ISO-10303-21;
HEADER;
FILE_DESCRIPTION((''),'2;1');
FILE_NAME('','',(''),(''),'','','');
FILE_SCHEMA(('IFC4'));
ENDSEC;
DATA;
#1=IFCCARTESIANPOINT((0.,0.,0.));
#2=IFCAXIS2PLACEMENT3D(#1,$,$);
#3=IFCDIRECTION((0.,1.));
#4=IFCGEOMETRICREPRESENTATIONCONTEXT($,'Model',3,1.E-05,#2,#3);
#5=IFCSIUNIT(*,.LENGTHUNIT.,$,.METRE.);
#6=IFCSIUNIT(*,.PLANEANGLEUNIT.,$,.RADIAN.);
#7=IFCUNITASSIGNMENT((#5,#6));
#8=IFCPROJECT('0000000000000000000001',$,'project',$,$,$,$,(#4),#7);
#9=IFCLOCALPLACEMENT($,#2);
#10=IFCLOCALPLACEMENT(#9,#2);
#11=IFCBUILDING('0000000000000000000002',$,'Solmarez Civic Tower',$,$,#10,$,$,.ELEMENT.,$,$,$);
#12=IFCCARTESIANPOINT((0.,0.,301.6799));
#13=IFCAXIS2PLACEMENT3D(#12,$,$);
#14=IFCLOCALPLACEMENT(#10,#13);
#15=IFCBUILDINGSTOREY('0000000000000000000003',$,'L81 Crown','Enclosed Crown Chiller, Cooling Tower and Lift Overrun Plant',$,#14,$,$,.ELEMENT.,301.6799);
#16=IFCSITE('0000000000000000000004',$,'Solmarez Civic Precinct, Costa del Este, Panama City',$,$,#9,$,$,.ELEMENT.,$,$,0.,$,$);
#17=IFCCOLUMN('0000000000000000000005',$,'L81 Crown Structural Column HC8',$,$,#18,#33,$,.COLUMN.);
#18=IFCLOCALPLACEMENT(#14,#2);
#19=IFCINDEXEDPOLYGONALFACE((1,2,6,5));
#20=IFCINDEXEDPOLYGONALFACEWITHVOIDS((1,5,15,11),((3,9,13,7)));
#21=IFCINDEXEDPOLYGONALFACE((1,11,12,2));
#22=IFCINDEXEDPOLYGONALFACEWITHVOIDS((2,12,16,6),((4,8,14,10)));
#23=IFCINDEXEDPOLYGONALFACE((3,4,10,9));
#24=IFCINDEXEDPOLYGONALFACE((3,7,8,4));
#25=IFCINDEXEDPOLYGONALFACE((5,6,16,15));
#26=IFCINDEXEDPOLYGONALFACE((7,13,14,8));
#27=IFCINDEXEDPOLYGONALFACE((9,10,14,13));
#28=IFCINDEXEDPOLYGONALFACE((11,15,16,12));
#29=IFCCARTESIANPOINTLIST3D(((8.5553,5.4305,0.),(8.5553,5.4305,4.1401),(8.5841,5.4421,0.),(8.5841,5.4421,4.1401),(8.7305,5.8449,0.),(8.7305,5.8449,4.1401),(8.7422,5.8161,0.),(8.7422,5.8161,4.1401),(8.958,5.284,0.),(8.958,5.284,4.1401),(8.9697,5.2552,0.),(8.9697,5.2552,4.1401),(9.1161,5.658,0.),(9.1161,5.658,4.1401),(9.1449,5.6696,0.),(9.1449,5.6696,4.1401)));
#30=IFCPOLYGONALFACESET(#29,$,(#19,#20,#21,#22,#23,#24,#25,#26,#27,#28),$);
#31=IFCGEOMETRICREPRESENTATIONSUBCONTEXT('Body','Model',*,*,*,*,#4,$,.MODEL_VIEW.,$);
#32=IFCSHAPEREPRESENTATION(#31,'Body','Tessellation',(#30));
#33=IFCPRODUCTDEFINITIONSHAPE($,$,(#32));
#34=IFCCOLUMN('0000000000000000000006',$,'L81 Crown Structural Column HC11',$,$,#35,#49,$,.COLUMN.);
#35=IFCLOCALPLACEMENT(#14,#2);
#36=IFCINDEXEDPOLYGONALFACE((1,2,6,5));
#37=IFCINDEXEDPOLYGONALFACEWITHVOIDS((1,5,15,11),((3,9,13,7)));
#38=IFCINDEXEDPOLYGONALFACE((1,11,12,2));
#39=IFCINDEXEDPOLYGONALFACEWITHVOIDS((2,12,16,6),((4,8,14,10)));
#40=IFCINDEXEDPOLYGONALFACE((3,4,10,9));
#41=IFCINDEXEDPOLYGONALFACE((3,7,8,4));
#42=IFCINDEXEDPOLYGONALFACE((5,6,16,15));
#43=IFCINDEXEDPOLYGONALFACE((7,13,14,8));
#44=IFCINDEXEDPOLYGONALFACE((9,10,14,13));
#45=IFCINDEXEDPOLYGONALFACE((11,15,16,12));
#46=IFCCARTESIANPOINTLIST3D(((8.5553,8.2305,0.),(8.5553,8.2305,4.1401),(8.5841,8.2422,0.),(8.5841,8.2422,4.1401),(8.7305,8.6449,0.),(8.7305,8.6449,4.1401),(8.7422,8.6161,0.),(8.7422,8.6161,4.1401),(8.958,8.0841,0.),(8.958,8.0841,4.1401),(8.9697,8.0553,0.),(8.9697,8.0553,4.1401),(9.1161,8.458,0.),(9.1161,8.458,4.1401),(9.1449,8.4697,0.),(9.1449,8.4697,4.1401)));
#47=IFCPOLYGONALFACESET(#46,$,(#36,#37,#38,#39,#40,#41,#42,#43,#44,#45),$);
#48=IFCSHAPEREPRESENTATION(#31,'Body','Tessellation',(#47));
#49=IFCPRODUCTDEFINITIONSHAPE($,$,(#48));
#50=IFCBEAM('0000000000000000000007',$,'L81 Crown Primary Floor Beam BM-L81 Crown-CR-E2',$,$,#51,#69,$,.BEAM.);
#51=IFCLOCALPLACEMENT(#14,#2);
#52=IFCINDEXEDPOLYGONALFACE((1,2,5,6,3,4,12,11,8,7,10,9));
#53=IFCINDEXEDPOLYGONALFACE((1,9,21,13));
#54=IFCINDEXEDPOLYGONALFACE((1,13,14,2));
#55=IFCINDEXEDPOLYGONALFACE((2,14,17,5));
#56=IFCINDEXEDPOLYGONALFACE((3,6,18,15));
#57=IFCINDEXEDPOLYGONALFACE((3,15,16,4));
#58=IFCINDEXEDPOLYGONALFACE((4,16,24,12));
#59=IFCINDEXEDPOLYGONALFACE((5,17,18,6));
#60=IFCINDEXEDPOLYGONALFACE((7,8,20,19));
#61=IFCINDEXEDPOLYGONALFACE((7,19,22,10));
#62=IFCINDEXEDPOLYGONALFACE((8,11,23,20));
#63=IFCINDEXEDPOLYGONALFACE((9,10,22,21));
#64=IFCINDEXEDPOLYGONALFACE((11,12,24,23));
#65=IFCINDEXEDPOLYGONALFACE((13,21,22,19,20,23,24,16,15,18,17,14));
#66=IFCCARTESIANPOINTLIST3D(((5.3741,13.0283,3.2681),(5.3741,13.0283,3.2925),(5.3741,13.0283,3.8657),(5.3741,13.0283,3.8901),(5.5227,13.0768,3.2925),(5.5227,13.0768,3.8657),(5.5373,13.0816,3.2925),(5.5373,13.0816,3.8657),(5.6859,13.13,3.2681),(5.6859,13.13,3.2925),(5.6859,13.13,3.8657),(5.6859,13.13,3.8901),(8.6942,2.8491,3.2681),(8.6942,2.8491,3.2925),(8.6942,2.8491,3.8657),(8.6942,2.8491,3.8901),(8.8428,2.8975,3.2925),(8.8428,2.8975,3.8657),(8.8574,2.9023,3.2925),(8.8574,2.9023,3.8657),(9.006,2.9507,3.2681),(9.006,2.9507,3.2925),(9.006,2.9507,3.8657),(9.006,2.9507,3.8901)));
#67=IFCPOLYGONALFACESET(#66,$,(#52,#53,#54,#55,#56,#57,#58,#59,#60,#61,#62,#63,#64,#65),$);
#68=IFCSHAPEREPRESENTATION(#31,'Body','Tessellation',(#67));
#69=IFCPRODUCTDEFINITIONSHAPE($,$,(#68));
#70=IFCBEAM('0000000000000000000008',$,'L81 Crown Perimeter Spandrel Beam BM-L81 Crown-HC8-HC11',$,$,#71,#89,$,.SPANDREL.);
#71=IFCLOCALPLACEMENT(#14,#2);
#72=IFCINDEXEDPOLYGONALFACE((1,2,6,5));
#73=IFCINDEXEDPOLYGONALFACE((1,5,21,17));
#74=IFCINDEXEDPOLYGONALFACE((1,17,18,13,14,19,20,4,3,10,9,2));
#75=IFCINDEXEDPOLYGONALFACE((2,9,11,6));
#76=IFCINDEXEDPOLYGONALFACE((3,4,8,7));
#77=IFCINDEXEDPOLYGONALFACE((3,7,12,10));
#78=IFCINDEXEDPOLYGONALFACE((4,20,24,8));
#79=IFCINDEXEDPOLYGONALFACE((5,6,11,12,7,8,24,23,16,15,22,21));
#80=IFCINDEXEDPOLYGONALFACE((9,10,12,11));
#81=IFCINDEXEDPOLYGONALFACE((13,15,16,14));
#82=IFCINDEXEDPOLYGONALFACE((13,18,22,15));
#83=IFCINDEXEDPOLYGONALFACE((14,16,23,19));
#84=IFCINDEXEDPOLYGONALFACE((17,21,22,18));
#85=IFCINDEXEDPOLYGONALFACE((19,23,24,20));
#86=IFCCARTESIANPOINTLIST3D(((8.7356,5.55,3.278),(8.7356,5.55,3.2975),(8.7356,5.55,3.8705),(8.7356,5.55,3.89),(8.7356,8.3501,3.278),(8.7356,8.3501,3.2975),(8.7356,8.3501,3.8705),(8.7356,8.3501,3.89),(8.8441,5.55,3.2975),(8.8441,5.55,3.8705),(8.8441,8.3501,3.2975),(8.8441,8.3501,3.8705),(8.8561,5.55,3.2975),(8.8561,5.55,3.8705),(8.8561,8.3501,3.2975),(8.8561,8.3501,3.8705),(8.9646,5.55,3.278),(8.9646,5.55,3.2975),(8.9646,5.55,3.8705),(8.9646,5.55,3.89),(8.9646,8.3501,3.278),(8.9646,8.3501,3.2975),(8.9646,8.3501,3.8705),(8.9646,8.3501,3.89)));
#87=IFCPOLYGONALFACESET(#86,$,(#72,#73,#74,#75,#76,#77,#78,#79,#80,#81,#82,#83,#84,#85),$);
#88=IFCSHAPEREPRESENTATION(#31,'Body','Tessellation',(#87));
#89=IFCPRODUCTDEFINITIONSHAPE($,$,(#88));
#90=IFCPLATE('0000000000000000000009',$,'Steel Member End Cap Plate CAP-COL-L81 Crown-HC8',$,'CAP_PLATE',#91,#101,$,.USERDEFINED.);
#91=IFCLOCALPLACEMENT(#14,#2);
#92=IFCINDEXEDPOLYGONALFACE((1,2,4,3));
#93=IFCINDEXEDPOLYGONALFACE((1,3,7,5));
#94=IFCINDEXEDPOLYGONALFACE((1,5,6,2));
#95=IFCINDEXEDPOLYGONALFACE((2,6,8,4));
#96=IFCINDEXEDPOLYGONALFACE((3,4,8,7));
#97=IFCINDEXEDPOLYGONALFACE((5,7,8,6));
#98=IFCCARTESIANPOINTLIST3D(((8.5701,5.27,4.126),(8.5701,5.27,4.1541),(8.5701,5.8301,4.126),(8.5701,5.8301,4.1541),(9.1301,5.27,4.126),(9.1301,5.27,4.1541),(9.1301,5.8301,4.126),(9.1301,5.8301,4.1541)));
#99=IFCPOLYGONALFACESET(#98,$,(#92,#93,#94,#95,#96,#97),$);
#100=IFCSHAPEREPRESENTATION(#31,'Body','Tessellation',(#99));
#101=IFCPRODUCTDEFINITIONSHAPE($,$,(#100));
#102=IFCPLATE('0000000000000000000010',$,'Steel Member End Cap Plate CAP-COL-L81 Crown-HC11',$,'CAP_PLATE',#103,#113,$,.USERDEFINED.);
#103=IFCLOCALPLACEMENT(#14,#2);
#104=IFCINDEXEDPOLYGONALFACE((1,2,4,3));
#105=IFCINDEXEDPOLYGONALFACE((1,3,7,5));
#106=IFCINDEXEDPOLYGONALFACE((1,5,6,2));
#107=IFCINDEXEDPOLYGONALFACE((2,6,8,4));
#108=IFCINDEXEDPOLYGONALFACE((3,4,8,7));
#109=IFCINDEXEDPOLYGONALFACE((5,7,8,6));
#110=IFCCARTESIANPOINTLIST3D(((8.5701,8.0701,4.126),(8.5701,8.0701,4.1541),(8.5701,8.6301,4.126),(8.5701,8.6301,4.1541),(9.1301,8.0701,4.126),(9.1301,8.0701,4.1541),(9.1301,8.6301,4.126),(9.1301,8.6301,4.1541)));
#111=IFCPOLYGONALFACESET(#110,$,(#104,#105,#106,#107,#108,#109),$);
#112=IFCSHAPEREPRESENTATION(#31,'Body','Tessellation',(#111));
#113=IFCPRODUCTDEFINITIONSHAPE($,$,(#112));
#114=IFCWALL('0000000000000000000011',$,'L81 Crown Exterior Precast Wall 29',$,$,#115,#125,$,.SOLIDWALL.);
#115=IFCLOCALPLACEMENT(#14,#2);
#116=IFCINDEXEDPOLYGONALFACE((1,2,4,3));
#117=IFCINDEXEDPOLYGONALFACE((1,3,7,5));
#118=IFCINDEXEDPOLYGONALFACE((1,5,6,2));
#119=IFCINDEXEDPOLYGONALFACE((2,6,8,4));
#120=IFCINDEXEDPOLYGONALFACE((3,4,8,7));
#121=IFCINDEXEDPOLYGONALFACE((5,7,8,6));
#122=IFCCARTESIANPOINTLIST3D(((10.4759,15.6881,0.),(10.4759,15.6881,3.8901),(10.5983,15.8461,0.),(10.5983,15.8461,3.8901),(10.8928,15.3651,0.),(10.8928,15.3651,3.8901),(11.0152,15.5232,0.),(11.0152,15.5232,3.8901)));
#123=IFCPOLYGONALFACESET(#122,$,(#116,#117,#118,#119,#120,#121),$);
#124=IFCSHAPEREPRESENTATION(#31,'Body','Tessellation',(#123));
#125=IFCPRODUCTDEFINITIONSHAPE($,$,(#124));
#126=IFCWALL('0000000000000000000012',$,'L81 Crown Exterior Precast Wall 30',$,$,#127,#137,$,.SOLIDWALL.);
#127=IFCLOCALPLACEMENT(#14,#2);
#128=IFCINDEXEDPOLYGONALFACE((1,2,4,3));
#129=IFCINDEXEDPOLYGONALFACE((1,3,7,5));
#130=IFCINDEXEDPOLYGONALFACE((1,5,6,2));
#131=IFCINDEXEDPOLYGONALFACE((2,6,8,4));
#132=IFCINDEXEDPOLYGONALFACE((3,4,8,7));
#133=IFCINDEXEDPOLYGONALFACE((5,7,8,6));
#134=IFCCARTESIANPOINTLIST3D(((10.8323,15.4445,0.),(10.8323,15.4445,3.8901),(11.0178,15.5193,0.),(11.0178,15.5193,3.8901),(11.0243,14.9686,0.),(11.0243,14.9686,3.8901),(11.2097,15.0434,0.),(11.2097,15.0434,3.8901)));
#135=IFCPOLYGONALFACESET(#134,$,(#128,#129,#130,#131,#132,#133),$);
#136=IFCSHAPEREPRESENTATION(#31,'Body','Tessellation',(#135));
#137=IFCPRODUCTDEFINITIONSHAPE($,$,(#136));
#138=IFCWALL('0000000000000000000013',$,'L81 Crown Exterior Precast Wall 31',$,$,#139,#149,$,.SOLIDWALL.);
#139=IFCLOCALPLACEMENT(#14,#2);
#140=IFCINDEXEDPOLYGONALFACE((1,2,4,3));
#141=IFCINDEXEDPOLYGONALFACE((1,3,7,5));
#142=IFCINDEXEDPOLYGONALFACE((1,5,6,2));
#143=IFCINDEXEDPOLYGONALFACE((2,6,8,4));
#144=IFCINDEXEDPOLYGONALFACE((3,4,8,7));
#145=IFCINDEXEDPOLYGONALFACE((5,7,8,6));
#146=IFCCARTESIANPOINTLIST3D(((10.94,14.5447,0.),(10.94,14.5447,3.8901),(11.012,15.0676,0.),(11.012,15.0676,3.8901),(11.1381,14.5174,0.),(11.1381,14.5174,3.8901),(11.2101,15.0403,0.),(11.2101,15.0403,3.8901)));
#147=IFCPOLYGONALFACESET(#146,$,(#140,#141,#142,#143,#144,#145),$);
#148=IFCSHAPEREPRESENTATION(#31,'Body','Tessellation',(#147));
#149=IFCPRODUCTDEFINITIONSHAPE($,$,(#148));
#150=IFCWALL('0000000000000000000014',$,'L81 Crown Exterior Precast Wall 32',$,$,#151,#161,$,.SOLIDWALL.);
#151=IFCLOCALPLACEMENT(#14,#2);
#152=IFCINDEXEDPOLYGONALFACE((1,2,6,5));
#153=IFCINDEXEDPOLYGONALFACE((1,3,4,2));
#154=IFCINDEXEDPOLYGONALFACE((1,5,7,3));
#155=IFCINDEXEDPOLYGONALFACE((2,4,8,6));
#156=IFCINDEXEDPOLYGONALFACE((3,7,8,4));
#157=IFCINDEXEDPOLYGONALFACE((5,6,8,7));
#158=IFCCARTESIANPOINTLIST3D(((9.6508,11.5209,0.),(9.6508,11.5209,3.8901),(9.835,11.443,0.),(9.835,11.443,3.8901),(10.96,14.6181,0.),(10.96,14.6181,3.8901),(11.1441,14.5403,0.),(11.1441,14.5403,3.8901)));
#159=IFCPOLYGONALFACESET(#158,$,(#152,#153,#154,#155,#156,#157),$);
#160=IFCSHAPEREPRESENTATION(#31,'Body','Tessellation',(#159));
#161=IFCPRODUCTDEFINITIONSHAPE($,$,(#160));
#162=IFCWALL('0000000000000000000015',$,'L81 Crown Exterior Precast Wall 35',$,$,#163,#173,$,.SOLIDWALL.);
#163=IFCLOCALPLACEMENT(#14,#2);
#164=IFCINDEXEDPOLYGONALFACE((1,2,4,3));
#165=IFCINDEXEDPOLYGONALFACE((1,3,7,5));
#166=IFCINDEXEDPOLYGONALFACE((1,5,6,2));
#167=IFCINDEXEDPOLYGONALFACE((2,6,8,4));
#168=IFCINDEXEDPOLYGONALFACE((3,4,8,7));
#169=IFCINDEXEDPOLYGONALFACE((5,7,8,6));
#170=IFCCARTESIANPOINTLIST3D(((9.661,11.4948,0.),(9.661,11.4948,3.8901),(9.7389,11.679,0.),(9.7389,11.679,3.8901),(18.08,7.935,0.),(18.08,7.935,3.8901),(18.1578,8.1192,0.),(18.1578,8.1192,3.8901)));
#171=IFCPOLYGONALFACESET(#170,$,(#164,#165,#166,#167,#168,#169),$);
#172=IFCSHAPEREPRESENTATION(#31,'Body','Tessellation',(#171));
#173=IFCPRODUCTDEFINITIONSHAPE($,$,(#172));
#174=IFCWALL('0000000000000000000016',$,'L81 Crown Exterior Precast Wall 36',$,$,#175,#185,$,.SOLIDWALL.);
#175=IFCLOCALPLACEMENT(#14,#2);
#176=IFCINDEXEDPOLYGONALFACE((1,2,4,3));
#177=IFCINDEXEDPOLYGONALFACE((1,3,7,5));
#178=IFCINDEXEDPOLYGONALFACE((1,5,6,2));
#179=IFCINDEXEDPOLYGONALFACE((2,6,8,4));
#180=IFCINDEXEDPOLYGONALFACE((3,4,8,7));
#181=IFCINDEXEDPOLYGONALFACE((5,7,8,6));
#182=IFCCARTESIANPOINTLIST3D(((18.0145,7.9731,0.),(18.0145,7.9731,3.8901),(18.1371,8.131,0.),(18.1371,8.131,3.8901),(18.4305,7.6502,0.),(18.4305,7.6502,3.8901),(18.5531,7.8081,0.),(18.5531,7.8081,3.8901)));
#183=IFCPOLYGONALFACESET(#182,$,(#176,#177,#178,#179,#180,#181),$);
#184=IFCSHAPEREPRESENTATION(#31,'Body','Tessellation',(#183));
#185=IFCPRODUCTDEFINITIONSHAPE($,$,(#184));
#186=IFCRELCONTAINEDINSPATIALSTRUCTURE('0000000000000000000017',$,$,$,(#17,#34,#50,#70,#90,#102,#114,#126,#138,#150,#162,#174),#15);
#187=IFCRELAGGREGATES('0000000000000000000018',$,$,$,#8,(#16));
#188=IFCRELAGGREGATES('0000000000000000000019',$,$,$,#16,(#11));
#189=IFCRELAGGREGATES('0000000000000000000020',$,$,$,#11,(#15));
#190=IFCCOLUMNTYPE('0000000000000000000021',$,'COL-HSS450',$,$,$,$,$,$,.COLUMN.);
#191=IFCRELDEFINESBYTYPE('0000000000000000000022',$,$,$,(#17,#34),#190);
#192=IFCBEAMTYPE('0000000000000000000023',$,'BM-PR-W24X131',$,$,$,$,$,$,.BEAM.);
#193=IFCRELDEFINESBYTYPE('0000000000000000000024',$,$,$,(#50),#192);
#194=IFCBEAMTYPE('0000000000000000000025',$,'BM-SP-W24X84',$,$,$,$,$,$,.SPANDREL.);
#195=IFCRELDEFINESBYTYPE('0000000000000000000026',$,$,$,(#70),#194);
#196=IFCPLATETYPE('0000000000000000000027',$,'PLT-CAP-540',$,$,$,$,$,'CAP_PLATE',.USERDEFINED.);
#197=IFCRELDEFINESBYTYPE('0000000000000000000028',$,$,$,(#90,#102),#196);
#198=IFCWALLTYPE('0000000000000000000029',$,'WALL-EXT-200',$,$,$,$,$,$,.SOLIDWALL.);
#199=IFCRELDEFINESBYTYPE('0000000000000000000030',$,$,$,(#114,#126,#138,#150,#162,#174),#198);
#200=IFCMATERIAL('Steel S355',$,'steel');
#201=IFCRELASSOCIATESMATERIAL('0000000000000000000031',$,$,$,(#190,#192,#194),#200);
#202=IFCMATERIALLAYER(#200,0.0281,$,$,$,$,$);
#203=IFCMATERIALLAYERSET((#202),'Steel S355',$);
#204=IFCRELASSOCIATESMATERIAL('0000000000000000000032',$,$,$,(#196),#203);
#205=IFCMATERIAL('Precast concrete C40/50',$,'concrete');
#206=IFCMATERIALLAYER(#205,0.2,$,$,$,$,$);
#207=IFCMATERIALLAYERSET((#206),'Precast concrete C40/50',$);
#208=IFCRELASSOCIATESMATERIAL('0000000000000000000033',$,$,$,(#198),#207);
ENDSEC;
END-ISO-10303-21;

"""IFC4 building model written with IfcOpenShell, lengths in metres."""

from ifc_helpers import new_model, si_unit, direction, frame, frame_2d, origin, origin_2d, place, context, subcontext, project, spatial, rectangle, hollow_rectangle, i_section, extrude, material, layer, layer_set, material_profile, profile_set, type_object, element, save


model = new_model("IFC4")

# Units and contexts
model_context = context("Model", 3, precision=1e-05, world=origin(), true_north=direction((0.0, 1.0)))
body_context = subcontext(model_context, "Body", "Model", "MODEL_VIEW")
ifc_project = project(units=[si_unit("LENGTHUNIT", "METRE"), si_unit("PLANEANGLEUNIT", "RADIAN")], contexts=[model_context])

# Site, building, storey
site_placement = place(None, origin())
site = spatial("IfcSite", under=ifc_project, at=site_placement, Name="Solmarez Civic Precinct, Costa del Este, Panama City", CompositionType="ELEMENT", RefElevation=0.0)
building_placement = place(site_placement, origin())
building = spatial("IfcBuilding", under=site, at=building_placement, Name="Solmarez Civic Tower", CompositionType="ELEMENT")
storey_placement = place(building_placement, frame((0.0, 0.0, 301.6799)))
storey = spatial("IfcBuildingStorey", under=building, at=storey_placement, Name="L81 Crown", Description="Enclosed Crown Chiller, Cooling Tower and Lift Overrun Plant", CompositionType="ELEMENT", Elevation=301.6799)

# Columns
ifc_material_1 = material(Name="Steel S355", Category="steel")
ifc_material_profile_1 = material_profile(ifc_material_1, hollow_rectangle(XDim=0.45, YDim=0.45, WallThickness=0.022, at=origin_2d()), Name="HSS450X450X22")
ifc_profile_set_1 = profile_set([ifc_material_profile_1], Name="Steel S355")
column_type = type_object("IfcColumnType", Name="COL-HSS450", PredefinedType="COLUMN", material=ifc_profile_set_1)
for number, where, z_axis, x_axis, name in (
    (1, (8.8501, 5.55, 0.0), (0.0, 0.0, 1.0), (0.389445, 0.92105, 0.0), "L81 Crown Structural Column HC8"),
    (2, (8.8501, 8.3501, 0.0), (0.0, 0.0, 1.0), (0.389445, 0.92105, 0.0), "L81 Crown Structural Column HC11"),
):
    element("IfcColumn", number, at=place(storey_placement, frame(where, z_axis=z_axis, x_axis=x_axis)), inside=storey, type_object=column_type, Name=name, PredefinedType="COLUMN", context=body_context, shape_type="SweptSolid", body=[
        extrude(hollow_rectangle(XDim=0.45, YDim=0.45, WallThickness=0.022, at=origin_2d()), origin(), (0.0, 0.0, 1.0), 4.1401),
    ])

# Beams
ifc_material_profile_2 = material_profile(ifc_material_1, i_section(OverallWidth=0.3279, OverallDepth=0.6221, WebThickness=0.0154, FlangeThickness=0.0244, at=origin_2d()), Name="W24X131")
ifc_profile_set_2 = profile_set([ifc_material_profile_2], Name="Steel S355")
beam_type_1 = type_object("IfcBeamType", Name="BM-PR-W24X131", PredefinedType="BEAM", material=ifc_profile_set_2)
beam_1_placement = place(storey_placement, frame((8.8501, 2.8999, 3.5791), z_axis=(-0.310085, 0.950709, 0.0), x_axis=(-0.950709, -0.310085, 0.0)))
element("IfcBeam", 3, at=beam_1_placement, inside=storey, type_object=beam_type_1, Name="L81 Crown Primary Floor Beam BM-L81 Crown-CR-E2", PredefinedType="BEAM", context=body_context, shape_type="SweptSolid", body=[
    extrude(i_section(OverallWidth=0.3279, OverallDepth=0.6221, WebThickness=0.0154, FlangeThickness=0.0244, at=origin_2d()), origin(), (0.0, 0.0, 1.0), 10.707),
])
ifc_material_profile_3 = material_profile(ifc_material_1, i_section(OverallWidth=0.229, OverallDepth=0.6121, WebThickness=0.012, FlangeThickness=0.0195, at=origin_2d()), Name="W24X84")
ifc_profile_set_3 = profile_set([ifc_material_profile_3], Name="Steel S355")
beam_type_2 = type_object("IfcBeamType", Name="BM-SP-W24X84", PredefinedType="SPANDREL", material=ifc_profile_set_3)
beam_2_placement = place(storey_placement, frame((8.8501, 5.55, 3.584), z_axis=(0.0, 1.0, 0.0), x_axis=(-1.0, 0.0, 0.0)))
element("IfcBeam", 4, at=beam_2_placement, inside=storey, type_object=beam_type_2, Name="L81 Crown Perimeter Spandrel Beam BM-L81 Crown-HC8-HC11", PredefinedType="SPANDREL", context=body_context, shape_type="SweptSolid", body=[
    extrude(i_section(OverallWidth=0.229, OverallDepth=0.6121, WebThickness=0.012, FlangeThickness=0.0195, at=origin_2d()), origin(), (0.0, 0.0, 1.0), 2.8),
])

# Plates
ifc_layer_1 = layer(ifc_material_1, 0.0281)
ifc_layer_set_1 = layer_set([ifc_layer_1], Name="Steel S355")
plate_type = type_object("IfcPlateType", Name="PLT-CAP-540", ElementType="CAP_PLATE", PredefinedType="USERDEFINED", material=ifc_layer_set_1)
for number, where, z_axis, x_axis, name in (
    (5, (8.8501, 5.55, 4.126), (0.0, 0.0, 1.0), (1.0, 0.0, 0.0), "Steel Member End Cap Plate CAP-COL-L81 Crown-HC8"),
    (6, (8.8501, 8.3501, 4.126), (0.0, 0.0, 1.0), (1.0, 0.0, 0.0), "Steel Member End Cap Plate CAP-COL-L81 Crown-HC11"),
):
    element("IfcPlate", number, at=place(storey_placement, frame(where, z_axis=z_axis, x_axis=x_axis)), inside=storey, type_object=plate_type, Name=name, ObjectType="CAP_PLATE", PredefinedType="USERDEFINED", context=body_context, shape_type="SweptSolid", body=[
        extrude(rectangle(XDim=0.5601, YDim=0.5601, at=origin_2d()), origin(), (0.0, 0.0, 1.0), 0.0281),
    ])

# Walls
ifc_material_2 = material(Name="Precast concrete C40/50", Category="concrete")
ifc_layer_2 = layer(ifc_material_2, 0.2)
ifc_layer_set_2 = layer_set([ifc_layer_2], Name="Precast concrete C40/50")
wall_type_1 = type_object("IfcWallType", Name="WALL-EXT-200", PredefinedType="SOLIDWALL", material=ifc_layer_set_2)
wall_1_placement = place(storey_placement, frame((10.5371, 15.7671, 0.0), z_axis=(0.0, 0.0, 1.0), x_axis=(0.790572, -0.612369, 0.0)))
element("IfcWall", 7, at=wall_1_placement, inside=storey, type_object=wall_type_1, Name="L81 Crown Exterior Precast Wall 29", PredefinedType="SOLIDWALL", context=body_context, shape_type="SweptSolid", body=[
    extrude(rectangle(XDim=0.5273, YDim=0.2, at=frame_2d((0.2637, 0.0))), origin(), (0.0, 0.0, 1.0), 3.8901),
])
wall_2_placement = place(storey_placement, frame((10.925, 15.4819, 0.0), z_axis=(0.0, 0.0, 1.0), x_axis=(0.374015, -0.927423, 0.0)))
element("IfcWall", 8, at=wall_2_placement, inside=storey, type_object=wall_type_1, Name="L81 Crown Exterior Precast Wall 30", PredefinedType="SOLIDWALL", context=body_context, shape_type="SweptSolid", body=[
    extrude(rectangle(XDim=0.5132, YDim=0.2, at=frame_2d((0.2566, 0.0))), origin(), (0.0, 0.0, 1.0), 3.8901),
])
wall_3_placement = place(storey_placement, frame((11.1111, 15.054, 0.0), z_axis=(0.0, 0.0, 1.0), x_axis=(-0.136434, -0.990649, 0.0)))
element("IfcWall", 9, at=wall_3_placement, inside=storey, type_object=wall_type_1, Name="L81 Crown Exterior Precast Wall 31", PredefinedType="SOLIDWALL", context=body_context, shape_type="SweptSolid", body=[
    extrude(rectangle(XDim=0.5278, YDim=0.2, at=frame_2d((0.2639, 0.0))), origin(), (0.0, 0.0, 1.0), 3.8901),
])
wall_4_placement = place(storey_placement, frame((11.052, 14.5791, 0.0), z_axis=(0.0, 0.0, 1.0), x_axis=(-0.389323, -0.921101, 0.0)))
element("IfcWall", 10, at=wall_4_placement, inside=storey, type_object=wall_type_1, Name="L81 Crown Exterior Precast Wall 32", PredefinedType="SOLIDWALL", context=body_context, shape_type="SweptSolid", body=[
    extrude(rectangle(XDim=3.3625, YDim=0.2, at=frame_2d((1.6812, 0.0))), origin(), (0.0, 0.0, 1.0), 3.8901),
])
wall_5_placement = place(storey_placement, frame((9.7, 11.5869, 0.0), z_axis=(0.0, 0.0, 1.0), x_axis=(0.921048, -0.38945, 0.0)))
element("IfcWall", 11, at=wall_5_placement, inside=storey, type_object=wall_type_1, Name="L81 Crown Exterior Precast Wall 35", PredefinedType="SOLIDWALL", context=body_context, shape_type="SweptSolid", body=[
    extrude(rectangle(XDim=9.1406, YDim=0.2, at=frame_2d((4.5703, 0.0))), origin(), (0.0, 0.0, 1.0), 3.8901),
])
wall_6_placement = place(storey_placement, frame((18.0759, 8.052, 0.0), z_axis=(0.0, 0.0, 1.0), x_axis=(0.789876, -0.613266, 0.0)))
element("IfcWall", 12, at=wall_6_placement, inside=storey, type_object=wall_type_1, Name="L81 Crown Exterior Precast Wall 36", PredefinedType="SOLIDWALL", context=body_context, shape_type="SweptSolid", body=[
    extrude(rectangle(XDim=0.5266, YDim=0.2, at=frame_2d((0.2632, 0.0))), origin(), (0.0, 0.0, 1.0), 3.8901),
])

save(model, "model.ifc")
